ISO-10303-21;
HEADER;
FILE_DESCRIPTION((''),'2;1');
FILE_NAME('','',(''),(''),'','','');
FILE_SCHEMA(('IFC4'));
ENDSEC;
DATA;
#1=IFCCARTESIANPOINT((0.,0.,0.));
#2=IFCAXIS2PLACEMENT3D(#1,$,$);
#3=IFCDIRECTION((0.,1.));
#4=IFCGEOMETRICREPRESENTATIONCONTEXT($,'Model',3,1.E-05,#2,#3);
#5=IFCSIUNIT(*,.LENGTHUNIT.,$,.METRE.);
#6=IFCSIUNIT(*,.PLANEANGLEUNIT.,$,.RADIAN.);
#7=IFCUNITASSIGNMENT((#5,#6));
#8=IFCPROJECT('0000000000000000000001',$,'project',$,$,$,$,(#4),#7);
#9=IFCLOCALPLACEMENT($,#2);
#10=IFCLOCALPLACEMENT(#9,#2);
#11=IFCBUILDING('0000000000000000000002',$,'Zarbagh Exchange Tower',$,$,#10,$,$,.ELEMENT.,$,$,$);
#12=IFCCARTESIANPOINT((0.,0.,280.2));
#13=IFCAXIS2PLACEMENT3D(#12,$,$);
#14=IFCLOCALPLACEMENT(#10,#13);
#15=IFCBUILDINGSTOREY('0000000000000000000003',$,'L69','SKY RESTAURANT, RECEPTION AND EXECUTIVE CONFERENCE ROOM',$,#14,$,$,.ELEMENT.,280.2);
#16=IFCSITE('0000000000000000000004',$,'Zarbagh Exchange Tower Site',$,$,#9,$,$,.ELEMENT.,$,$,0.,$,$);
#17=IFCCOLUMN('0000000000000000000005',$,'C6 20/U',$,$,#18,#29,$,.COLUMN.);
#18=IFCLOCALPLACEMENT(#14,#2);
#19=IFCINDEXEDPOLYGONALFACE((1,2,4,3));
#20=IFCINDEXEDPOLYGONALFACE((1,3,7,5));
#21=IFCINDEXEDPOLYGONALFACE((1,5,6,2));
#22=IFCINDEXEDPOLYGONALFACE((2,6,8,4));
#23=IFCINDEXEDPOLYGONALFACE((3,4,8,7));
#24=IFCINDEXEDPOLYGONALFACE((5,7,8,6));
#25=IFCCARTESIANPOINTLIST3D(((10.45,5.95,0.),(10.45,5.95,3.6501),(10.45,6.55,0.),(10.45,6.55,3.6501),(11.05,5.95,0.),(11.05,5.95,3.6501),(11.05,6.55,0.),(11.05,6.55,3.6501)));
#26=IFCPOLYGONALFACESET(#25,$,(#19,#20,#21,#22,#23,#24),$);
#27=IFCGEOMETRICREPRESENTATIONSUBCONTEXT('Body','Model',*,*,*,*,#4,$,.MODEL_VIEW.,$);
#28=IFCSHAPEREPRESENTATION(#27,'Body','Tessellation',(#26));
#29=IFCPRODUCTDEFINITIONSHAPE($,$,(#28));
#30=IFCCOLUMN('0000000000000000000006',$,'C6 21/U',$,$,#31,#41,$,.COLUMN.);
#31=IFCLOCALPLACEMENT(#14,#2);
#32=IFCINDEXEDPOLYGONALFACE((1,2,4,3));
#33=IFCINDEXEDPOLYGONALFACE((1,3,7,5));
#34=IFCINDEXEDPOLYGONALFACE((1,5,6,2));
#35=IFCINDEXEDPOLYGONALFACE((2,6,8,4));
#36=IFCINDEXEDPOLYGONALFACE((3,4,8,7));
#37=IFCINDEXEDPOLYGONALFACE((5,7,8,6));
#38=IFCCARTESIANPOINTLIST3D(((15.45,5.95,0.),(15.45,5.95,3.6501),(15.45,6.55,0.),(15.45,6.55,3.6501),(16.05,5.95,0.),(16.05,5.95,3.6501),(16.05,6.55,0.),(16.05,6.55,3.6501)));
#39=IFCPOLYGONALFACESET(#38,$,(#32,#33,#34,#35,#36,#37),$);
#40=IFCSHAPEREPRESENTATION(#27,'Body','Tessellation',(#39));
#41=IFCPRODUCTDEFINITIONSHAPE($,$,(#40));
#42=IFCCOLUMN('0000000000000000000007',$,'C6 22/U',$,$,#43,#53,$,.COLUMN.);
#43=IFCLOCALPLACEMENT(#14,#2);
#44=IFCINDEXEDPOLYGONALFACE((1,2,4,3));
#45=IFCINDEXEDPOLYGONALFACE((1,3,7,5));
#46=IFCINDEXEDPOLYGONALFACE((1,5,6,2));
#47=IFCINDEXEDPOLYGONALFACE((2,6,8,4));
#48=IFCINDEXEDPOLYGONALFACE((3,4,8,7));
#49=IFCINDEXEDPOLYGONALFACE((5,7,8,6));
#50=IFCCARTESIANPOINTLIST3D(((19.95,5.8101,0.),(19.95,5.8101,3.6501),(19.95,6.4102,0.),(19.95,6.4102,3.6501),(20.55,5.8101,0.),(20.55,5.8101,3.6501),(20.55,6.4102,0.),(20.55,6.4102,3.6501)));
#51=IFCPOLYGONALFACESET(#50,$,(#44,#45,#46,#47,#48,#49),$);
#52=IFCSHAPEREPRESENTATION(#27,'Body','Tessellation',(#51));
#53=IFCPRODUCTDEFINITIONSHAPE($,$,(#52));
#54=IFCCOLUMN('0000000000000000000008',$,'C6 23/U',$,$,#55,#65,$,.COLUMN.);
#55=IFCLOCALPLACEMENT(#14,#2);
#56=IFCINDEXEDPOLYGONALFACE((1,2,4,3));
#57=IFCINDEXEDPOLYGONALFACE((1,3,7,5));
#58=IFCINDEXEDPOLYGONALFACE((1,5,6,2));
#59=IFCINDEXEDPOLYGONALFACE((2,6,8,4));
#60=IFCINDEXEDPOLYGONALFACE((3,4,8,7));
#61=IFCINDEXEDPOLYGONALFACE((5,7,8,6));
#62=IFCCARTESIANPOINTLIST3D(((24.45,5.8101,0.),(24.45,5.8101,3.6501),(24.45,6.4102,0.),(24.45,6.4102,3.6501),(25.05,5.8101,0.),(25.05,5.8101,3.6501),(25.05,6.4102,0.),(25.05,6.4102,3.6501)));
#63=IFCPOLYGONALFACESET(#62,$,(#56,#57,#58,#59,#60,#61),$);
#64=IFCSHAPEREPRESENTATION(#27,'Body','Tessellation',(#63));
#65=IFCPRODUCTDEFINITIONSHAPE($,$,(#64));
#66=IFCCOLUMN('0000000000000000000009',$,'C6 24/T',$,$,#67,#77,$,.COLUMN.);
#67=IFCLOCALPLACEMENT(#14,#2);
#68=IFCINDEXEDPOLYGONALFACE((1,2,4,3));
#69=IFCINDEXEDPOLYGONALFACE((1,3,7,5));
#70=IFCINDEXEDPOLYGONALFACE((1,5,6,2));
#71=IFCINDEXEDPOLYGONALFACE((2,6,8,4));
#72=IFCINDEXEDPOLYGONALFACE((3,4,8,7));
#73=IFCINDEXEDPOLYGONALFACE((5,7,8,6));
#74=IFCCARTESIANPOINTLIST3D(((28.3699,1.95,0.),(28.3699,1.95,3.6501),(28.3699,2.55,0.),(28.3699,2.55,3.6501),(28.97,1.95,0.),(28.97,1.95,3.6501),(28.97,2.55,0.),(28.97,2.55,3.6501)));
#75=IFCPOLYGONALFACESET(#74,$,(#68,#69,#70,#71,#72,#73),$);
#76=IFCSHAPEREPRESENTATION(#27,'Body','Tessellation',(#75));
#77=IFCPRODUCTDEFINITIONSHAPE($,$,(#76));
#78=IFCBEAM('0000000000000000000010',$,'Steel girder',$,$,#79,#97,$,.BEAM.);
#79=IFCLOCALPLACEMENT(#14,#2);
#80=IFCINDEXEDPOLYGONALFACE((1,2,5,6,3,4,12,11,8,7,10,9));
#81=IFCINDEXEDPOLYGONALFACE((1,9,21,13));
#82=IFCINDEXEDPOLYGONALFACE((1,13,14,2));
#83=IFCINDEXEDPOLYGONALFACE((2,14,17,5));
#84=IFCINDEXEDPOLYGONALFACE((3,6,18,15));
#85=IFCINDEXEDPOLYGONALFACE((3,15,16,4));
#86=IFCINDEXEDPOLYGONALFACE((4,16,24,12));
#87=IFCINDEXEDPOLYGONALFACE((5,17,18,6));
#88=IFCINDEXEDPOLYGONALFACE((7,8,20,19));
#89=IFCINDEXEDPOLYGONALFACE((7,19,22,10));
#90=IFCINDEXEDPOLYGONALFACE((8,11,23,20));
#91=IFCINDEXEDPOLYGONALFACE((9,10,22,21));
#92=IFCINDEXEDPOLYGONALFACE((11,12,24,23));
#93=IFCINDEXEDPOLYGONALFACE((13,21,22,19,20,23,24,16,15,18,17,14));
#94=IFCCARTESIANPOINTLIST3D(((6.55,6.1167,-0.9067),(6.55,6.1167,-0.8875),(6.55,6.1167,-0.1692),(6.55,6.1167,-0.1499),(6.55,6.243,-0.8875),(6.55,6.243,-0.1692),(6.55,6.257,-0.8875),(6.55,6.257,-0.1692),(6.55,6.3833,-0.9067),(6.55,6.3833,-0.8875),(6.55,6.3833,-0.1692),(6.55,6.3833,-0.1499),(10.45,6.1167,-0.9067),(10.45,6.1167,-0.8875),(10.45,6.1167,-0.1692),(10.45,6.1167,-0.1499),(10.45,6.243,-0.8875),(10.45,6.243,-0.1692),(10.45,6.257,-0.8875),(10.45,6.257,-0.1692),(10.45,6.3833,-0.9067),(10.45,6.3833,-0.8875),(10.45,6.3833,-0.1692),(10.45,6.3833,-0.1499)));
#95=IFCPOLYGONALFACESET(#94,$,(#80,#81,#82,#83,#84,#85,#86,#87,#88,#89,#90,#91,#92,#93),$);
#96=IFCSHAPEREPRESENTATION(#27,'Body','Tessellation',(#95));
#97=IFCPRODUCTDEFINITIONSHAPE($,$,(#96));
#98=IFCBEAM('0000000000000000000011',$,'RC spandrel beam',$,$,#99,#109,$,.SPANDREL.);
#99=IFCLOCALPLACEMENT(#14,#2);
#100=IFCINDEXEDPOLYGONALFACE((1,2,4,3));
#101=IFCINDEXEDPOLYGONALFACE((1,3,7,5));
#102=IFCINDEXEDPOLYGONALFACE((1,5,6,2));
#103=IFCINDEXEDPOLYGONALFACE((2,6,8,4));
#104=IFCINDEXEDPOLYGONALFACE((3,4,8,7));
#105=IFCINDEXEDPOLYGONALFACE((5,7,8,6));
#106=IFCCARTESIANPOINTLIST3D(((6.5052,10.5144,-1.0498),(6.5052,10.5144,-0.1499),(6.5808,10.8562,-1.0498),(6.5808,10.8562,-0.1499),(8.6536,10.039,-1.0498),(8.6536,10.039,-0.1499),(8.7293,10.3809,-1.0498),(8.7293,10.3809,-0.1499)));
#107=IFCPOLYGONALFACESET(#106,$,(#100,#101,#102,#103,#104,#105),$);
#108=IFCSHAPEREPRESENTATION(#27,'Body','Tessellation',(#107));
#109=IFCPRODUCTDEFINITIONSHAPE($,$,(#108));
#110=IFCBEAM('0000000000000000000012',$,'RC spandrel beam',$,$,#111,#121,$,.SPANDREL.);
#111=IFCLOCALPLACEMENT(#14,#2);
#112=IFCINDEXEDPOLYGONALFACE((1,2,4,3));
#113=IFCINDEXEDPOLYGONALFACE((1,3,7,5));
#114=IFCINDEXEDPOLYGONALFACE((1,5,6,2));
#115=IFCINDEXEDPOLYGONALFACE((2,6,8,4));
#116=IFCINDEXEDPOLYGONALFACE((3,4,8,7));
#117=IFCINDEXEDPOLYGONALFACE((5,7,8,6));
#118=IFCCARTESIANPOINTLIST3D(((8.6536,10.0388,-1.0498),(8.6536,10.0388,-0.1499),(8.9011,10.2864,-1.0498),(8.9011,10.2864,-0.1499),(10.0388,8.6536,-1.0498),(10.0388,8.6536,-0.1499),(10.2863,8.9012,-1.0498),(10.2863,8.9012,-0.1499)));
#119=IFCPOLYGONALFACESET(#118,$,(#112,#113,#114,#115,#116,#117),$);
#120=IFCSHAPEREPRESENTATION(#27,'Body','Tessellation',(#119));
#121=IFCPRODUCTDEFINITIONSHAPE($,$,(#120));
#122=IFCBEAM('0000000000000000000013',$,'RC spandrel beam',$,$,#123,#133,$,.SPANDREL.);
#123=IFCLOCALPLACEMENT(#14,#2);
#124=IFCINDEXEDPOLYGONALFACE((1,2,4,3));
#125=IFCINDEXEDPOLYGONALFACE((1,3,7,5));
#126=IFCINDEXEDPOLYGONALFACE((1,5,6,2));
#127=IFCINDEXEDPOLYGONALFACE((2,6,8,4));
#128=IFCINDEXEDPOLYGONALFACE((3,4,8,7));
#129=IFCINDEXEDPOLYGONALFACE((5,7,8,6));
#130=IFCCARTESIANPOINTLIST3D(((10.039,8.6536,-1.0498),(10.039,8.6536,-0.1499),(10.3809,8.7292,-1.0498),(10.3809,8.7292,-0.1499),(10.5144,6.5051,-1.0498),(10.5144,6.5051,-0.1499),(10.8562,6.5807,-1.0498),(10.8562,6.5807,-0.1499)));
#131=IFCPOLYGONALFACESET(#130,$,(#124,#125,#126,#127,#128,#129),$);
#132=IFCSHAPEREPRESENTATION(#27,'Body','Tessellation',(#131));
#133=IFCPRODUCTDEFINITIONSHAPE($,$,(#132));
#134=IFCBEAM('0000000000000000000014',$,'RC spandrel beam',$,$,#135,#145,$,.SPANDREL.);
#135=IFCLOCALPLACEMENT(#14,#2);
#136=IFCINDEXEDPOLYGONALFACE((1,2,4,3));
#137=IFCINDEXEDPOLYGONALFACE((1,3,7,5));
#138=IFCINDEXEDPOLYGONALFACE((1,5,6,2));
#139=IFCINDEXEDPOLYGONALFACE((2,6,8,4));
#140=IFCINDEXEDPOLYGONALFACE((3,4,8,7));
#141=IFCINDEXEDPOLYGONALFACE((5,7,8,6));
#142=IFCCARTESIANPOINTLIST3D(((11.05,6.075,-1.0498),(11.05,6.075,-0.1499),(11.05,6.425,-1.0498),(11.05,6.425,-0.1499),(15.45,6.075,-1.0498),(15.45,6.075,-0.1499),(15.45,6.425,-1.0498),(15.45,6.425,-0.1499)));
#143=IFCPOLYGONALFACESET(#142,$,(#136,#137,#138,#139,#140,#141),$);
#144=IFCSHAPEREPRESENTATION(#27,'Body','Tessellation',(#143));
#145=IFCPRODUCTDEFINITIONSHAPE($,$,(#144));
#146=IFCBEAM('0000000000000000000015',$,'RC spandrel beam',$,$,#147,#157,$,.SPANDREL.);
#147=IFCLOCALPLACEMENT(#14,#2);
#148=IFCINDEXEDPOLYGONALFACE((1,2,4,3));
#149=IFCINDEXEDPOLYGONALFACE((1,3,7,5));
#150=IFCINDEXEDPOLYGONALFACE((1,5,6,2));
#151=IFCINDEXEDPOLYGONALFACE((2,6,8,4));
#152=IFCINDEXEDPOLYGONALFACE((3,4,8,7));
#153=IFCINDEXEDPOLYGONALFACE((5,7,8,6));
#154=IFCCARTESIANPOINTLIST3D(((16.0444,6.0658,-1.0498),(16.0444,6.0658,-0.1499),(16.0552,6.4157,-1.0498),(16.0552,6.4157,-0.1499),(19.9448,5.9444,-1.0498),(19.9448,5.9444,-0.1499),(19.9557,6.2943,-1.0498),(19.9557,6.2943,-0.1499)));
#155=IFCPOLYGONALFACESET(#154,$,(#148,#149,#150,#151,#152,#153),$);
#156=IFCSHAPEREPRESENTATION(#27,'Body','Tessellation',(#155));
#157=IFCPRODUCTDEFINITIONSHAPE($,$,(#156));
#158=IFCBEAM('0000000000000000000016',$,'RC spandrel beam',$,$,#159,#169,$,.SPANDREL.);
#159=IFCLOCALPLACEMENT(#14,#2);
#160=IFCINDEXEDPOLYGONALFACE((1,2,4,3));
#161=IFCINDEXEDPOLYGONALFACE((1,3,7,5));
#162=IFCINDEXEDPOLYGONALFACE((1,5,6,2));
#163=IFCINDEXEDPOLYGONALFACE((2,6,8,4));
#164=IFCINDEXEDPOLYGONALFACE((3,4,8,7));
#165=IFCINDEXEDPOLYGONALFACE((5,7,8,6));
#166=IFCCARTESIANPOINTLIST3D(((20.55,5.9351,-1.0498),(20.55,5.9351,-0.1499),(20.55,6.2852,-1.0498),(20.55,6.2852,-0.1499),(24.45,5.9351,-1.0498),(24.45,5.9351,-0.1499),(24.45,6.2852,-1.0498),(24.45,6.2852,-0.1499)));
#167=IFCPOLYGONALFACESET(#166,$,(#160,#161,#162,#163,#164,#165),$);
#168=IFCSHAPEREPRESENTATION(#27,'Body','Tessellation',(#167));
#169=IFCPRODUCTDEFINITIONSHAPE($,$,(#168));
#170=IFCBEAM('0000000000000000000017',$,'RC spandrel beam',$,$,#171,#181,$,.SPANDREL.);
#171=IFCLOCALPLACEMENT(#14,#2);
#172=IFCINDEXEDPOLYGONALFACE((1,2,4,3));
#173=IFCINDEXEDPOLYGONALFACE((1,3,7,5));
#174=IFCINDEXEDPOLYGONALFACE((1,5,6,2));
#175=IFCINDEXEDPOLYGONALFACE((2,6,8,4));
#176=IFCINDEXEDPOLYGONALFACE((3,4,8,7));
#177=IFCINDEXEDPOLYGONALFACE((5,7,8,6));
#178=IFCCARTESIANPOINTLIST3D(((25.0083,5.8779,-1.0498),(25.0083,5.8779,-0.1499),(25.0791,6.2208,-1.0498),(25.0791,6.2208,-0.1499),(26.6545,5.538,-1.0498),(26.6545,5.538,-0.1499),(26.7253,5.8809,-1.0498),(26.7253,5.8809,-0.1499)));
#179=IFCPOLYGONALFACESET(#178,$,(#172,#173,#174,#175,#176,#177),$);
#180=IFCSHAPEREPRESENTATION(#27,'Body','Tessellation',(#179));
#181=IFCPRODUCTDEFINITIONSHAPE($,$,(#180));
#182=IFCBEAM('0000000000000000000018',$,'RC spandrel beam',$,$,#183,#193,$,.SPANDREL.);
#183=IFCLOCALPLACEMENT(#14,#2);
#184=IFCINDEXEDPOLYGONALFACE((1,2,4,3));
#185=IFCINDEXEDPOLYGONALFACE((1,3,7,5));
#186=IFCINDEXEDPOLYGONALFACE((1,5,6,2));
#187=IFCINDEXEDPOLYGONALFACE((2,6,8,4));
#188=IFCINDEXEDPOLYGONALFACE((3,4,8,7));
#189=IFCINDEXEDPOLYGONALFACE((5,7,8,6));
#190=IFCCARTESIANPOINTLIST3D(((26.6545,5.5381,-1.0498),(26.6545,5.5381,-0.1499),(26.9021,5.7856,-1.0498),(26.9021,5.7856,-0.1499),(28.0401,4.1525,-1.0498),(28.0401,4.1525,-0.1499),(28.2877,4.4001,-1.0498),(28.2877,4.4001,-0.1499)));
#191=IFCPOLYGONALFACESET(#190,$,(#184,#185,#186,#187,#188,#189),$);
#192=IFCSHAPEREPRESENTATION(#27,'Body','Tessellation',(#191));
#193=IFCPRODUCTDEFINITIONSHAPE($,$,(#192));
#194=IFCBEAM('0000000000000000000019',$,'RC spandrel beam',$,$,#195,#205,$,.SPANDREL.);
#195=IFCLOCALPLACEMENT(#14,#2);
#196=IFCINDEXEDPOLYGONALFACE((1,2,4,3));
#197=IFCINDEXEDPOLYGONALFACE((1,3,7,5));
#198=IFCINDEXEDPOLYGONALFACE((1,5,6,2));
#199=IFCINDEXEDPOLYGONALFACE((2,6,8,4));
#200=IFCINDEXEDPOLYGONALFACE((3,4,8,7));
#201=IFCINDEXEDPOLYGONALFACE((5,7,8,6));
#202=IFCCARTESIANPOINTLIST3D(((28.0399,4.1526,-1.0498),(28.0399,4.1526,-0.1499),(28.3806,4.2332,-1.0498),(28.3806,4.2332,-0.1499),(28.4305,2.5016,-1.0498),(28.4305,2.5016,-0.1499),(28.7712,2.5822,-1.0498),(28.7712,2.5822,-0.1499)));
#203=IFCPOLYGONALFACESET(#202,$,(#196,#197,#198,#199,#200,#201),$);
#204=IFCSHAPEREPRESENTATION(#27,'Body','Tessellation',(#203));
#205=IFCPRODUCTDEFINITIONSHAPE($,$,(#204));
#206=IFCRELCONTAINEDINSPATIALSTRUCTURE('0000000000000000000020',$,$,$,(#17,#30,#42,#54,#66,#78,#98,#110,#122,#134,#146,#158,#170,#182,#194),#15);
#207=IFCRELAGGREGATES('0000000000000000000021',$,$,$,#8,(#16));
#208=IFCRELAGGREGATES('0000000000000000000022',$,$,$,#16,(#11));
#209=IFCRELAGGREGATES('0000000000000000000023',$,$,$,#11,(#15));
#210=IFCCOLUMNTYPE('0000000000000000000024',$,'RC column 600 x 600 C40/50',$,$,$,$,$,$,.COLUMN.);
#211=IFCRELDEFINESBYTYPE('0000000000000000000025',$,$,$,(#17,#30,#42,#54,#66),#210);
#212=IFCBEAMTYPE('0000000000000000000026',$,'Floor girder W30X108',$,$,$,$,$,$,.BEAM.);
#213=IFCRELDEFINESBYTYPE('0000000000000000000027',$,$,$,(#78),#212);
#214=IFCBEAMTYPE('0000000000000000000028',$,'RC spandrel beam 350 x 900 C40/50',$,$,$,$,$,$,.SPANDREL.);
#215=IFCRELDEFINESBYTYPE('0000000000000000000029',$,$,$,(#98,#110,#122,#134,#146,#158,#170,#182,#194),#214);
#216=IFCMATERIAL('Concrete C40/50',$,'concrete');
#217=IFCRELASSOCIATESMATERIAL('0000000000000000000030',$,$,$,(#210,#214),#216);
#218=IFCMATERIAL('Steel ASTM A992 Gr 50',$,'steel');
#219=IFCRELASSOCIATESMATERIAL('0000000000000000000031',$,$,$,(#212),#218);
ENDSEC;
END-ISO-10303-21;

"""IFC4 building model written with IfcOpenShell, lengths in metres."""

from ifc_helpers import new_model, si_unit, direction, frame, origin, origin_2d, place, context, subcontext, project, spatial, rectangle, i_section, extrude, material, material_profile, profile_set, type_object, element, save


model = new_model("IFC4")

# Units and contexts
model_context = context("Model", 3, precision=1e-05, world=origin(), true_north=direction((0.0, 1.0)))
body_context = subcontext(model_context, "Body", "Model", "MODEL_VIEW")
ifc_project = project(units=[si_unit("LENGTHUNIT", "METRE"), si_unit("PLANEANGLEUNIT", "RADIAN")], contexts=[model_context])

# Site, building, storey
site_placement = place(None, origin())
site = spatial("IfcSite", under=ifc_project, at=site_placement, Name="Zarbagh Exchange Tower Site", CompositionType="ELEMENT", RefElevation=0.0)
building_placement = place(site_placement, origin())
building = spatial("IfcBuilding", under=site, at=building_placement, Name="Zarbagh Exchange Tower", CompositionType="ELEMENT")
storey_placement = place(building_placement, frame((0.0, 0.0, 280.2)))
storey = spatial("IfcBuildingStorey", under=building, at=storey_placement, Name="L69", Description="SKY RESTAURANT, RECEPTION AND EXECUTIVE CONFERENCE ROOM", CompositionType="ELEMENT", Elevation=280.2)

# Columns
ifc_material_1 = material(Name="Concrete C40/50", Category="concrete")
ifc_material_profile_1 = material_profile(ifc_material_1, rectangle(XDim=0.6001, YDim=0.6001, at=origin_2d()), Name="RC column 600 x 600 C40/50")
ifc_profile_set_1 = profile_set([ifc_material_profile_1], Name="Concrete C40/50")
column_type = type_object("IfcColumnType", Name="RC column 600 x 600 C40/50", PredefinedType="COLUMN", material=ifc_profile_set_1)
for number, where, z_axis, x_axis, name in (
    (1, (10.75, 6.25, 0.0), (0.0, 0.0, 1.0), (1.0, 0.0, 0.0), "C6 20/U"),
    (2, (15.75, 6.25, 0.0), (0.0, 0.0, 1.0), (1.0, 0.0, 0.0), "C6 21/U"),
    (3, (20.25, 6.1101, 0.0), (0.0, 0.0, 1.0), (1.0, 0.0, 0.0), "C6 22/U"),
    (4, (24.75, 6.1101, 0.0), (0.0, 0.0, 1.0), (1.0, 0.0, 0.0), "C6 23/U"),
    (5, (28.6699, 2.25, 0.0), (0.0, 0.0, 1.0), (1.0, 0.0, 0.0), "C6 24/T"),
):
    element("IfcColumn", number, at=place(storey_placement, frame(where, z_axis=z_axis, x_axis=x_axis)), inside=storey, type_object=column_type, Name=name, PredefinedType="COLUMN", context=body_context, shape_type="SweptSolid", body=[
        extrude(rectangle(XDim=0.6001, YDim=0.6001, at=origin_2d()), origin(), (0.0, 0.0, 1.0), 3.6501),
    ])

# Beams
ifc_material_2 = material(Name="Steel ASTM A992 Gr 50", Category="steel")
ifc_material_profile_2 = material_profile(ifc_material_2, i_section(OverallWidth=0.2666, OverallDepth=0.7568, WebThickness=0.0139, FlangeThickness=0.0193, at=origin_2d()), Name="W30X108")
ifc_profile_set_2 = profile_set([ifc_material_profile_2], Name="Steel ASTM A992 Gr 50")
beam_type_1 = type_object("IfcBeamType", Name="Floor girder W30X108", PredefinedType="BEAM", material=ifc_profile_set_2)
beam_1_placement = place(storey_placement, frame((6.55, 6.25, -0.5283), z_axis=(1.0, 0.0, 0.0), x_axis=(0.0, 1.0, 0.0)))
element("IfcBeam", 6, at=beam_1_placement, inside=storey, type_object=beam_type_1, Name="Steel girder", PredefinedType="BEAM", context=body_context, shape_type="SweptSolid", body=[
    extrude(i_section(OverallWidth=0.2666, OverallDepth=0.7568, WebThickness=0.0139, FlangeThickness=0.0193, at=origin_2d()), origin(), (0.0, 0.0, 1.0), 3.8999),
])
ifc_material_profile_3 = material_profile(ifc_material_1, rectangle(XDim=0.3501, YDim=0.8999, at=origin_2d()), Name="RC spandrel beam 350 x 900 C40/50")
ifc_profile_set_3 = profile_set([ifc_material_profile_3], Name="Concrete C40/50")
beam_type_2 = type_object("IfcBeamType", Name="RC spandrel beam 350 x 900 C40/50", PredefinedType="SPANDREL", material=ifc_profile_set_3)
beam_2_placement = place(storey_placement, frame((6.543, 10.6853, -0.5999), z_axis=(0.976388, -0.216026, 0.0), x_axis=(0.216026, 0.976388, 0.0)))
element("IfcBeam", 7, at=beam_2_placement, inside=storey, type_object=beam_type_2, Name="RC spandrel beam", PredefinedType="SPANDREL", context=body_context, shape_type="SweptSolid", body=[
    extrude(rectangle(XDim=0.3501, YDim=0.8999, at=origin_2d()), origin(), (0.0, 0.0, 1.0), 2.2004),
])
beam_3_placement = place(storey_placement, frame((8.7773, 10.1626, -0.5999), z_axis=(0.707107, -0.707107, 0.0), x_axis=(0.707107, 0.707107, 0.0)))
element("IfcBeam", 8, at=beam_3_placement, inside=storey, type_object=beam_type_2, Name="RC spandrel beam", PredefinedType="SPANDREL", context=body_context, shape_type="SweptSolid", body=[
    extrude(rectangle(XDim=0.3501, YDim=0.8999, at=origin_2d()), origin(), (0.0, 0.0, 1.0), 1.959),
])
beam_4_placement = place(storey_placement, frame((10.21, 8.6914, -0.5999), z_axis=(0.216026, -0.976388, 0.0), x_axis=(0.976388, 0.216026, 0.0)))
element("IfcBeam", 9, at=beam_4_placement, inside=storey, type_object=beam_type_2, Name="RC spandrel beam", PredefinedType="SPANDREL", context=body_context, shape_type="SweptSolid", body=[
    extrude(rectangle(XDim=0.3501, YDim=0.8999, at=origin_2d()), origin(), (0.0, 0.0, 1.0), 2.2004),
])
beam_5_placement = place(storey_placement, frame((11.05, 6.25, -0.5999), z_axis=(1.0, 0.0, 0.0), x_axis=(0.0, 1.0, 0.0)))
element("IfcBeam", 10, at=beam_5_placement, inside=storey, type_object=beam_type_2, Name="RC spandrel beam", PredefinedType="SPANDREL", context=body_context, shape_type="SweptSolid", body=[
    extrude(rectangle(XDim=0.3501, YDim=0.8999, at=origin_2d()), origin(), (0.0, 0.0, 1.0), 4.3999),
])
beam_6_placement = place(storey_placement, frame((16.0498, 6.2407, -0.5999), z_axis=(0.999516, -0.031094, 0.0), x_axis=(0.031094, 0.999516, 0.0)))
element("IfcBeam", 11, at=beam_6_placement, inside=storey, type_object=beam_type_2, Name="RC spandrel beam", PredefinedType="SPANDREL", context=body_context, shape_type="SweptSolid", body=[
    extrude(rectangle(XDim=0.3501, YDim=0.8999, at=origin_2d()), origin(), (0.0, 0.0, 1.0), 3.9023),
])
beam_7_placement = place(storey_placement, frame((20.55, 6.1101, -0.5999), z_axis=(1.0, 0.0, 0.0), x_axis=(0.0, 1.0, 0.0)))
element("IfcBeam", 12, at=beam_7_placement, inside=storey, type_object=beam_type_2, Name="RC spandrel beam", PredefinedType="SPANDREL", context=body_context, shape_type="SweptSolid", body=[
    extrude(rectangle(XDim=0.3501, YDim=0.8999, at=origin_2d()), origin(), (0.0, 0.0, 1.0), 3.8999),
])
beam_8_placement = place(storey_placement, frame((25.0437, 6.0493, -0.5999), z_axis=(0.97935, -0.202173, 0.0), x_axis=(0.202173, 0.97935, 0.0)))
element("IfcBeam", 13, at=beam_8_placement, inside=storey, type_object=beam_type_2, Name="RC spandrel beam", PredefinedType="SPANDREL", context=body_context, shape_type="SweptSolid", body=[
    extrude(rectangle(XDim=0.3501, YDim=0.8999, at=origin_2d()), origin(), (0.0, 0.0, 1.0), 1.6809),
])
beam_9_placement = place(storey_placement, frame((26.7783, 5.6619, -0.5999), z_axis=(0.707107, -0.707107, 0.0), x_axis=(0.707107, 0.707107, 0.0)))
element("IfcBeam", 14, at=beam_9_placement, inside=storey, type_object=beam_type_2, Name="RC spandrel beam", PredefinedType="SPANDREL", context=body_context, shape_type="SweptSolid", body=[
    extrude(rectangle(XDim=0.3501, YDim=0.8999, at=origin_2d()), origin(), (0.0, 0.0, 1.0), 1.9595),
])
beam_10_placement = place(storey_placement, frame((28.2102, 4.1929, -0.5999), z_axis=(0.230258, -0.97313, 0.0), x_axis=(0.97313, 0.230258, 0.0)))
element("IfcBeam", 15, at=beam_10_placement, inside=storey, type_object=beam_type_2, Name="RC spandrel beam", PredefinedType="SPANDREL", context=body_context, shape_type="SweptSolid", body=[
    extrude(rectangle(XDim=0.3501, YDim=0.8999, at=origin_2d()), origin(), (0.0, 0.0, 1.0), 1.6965),
])

save(model, "model.ifc")
